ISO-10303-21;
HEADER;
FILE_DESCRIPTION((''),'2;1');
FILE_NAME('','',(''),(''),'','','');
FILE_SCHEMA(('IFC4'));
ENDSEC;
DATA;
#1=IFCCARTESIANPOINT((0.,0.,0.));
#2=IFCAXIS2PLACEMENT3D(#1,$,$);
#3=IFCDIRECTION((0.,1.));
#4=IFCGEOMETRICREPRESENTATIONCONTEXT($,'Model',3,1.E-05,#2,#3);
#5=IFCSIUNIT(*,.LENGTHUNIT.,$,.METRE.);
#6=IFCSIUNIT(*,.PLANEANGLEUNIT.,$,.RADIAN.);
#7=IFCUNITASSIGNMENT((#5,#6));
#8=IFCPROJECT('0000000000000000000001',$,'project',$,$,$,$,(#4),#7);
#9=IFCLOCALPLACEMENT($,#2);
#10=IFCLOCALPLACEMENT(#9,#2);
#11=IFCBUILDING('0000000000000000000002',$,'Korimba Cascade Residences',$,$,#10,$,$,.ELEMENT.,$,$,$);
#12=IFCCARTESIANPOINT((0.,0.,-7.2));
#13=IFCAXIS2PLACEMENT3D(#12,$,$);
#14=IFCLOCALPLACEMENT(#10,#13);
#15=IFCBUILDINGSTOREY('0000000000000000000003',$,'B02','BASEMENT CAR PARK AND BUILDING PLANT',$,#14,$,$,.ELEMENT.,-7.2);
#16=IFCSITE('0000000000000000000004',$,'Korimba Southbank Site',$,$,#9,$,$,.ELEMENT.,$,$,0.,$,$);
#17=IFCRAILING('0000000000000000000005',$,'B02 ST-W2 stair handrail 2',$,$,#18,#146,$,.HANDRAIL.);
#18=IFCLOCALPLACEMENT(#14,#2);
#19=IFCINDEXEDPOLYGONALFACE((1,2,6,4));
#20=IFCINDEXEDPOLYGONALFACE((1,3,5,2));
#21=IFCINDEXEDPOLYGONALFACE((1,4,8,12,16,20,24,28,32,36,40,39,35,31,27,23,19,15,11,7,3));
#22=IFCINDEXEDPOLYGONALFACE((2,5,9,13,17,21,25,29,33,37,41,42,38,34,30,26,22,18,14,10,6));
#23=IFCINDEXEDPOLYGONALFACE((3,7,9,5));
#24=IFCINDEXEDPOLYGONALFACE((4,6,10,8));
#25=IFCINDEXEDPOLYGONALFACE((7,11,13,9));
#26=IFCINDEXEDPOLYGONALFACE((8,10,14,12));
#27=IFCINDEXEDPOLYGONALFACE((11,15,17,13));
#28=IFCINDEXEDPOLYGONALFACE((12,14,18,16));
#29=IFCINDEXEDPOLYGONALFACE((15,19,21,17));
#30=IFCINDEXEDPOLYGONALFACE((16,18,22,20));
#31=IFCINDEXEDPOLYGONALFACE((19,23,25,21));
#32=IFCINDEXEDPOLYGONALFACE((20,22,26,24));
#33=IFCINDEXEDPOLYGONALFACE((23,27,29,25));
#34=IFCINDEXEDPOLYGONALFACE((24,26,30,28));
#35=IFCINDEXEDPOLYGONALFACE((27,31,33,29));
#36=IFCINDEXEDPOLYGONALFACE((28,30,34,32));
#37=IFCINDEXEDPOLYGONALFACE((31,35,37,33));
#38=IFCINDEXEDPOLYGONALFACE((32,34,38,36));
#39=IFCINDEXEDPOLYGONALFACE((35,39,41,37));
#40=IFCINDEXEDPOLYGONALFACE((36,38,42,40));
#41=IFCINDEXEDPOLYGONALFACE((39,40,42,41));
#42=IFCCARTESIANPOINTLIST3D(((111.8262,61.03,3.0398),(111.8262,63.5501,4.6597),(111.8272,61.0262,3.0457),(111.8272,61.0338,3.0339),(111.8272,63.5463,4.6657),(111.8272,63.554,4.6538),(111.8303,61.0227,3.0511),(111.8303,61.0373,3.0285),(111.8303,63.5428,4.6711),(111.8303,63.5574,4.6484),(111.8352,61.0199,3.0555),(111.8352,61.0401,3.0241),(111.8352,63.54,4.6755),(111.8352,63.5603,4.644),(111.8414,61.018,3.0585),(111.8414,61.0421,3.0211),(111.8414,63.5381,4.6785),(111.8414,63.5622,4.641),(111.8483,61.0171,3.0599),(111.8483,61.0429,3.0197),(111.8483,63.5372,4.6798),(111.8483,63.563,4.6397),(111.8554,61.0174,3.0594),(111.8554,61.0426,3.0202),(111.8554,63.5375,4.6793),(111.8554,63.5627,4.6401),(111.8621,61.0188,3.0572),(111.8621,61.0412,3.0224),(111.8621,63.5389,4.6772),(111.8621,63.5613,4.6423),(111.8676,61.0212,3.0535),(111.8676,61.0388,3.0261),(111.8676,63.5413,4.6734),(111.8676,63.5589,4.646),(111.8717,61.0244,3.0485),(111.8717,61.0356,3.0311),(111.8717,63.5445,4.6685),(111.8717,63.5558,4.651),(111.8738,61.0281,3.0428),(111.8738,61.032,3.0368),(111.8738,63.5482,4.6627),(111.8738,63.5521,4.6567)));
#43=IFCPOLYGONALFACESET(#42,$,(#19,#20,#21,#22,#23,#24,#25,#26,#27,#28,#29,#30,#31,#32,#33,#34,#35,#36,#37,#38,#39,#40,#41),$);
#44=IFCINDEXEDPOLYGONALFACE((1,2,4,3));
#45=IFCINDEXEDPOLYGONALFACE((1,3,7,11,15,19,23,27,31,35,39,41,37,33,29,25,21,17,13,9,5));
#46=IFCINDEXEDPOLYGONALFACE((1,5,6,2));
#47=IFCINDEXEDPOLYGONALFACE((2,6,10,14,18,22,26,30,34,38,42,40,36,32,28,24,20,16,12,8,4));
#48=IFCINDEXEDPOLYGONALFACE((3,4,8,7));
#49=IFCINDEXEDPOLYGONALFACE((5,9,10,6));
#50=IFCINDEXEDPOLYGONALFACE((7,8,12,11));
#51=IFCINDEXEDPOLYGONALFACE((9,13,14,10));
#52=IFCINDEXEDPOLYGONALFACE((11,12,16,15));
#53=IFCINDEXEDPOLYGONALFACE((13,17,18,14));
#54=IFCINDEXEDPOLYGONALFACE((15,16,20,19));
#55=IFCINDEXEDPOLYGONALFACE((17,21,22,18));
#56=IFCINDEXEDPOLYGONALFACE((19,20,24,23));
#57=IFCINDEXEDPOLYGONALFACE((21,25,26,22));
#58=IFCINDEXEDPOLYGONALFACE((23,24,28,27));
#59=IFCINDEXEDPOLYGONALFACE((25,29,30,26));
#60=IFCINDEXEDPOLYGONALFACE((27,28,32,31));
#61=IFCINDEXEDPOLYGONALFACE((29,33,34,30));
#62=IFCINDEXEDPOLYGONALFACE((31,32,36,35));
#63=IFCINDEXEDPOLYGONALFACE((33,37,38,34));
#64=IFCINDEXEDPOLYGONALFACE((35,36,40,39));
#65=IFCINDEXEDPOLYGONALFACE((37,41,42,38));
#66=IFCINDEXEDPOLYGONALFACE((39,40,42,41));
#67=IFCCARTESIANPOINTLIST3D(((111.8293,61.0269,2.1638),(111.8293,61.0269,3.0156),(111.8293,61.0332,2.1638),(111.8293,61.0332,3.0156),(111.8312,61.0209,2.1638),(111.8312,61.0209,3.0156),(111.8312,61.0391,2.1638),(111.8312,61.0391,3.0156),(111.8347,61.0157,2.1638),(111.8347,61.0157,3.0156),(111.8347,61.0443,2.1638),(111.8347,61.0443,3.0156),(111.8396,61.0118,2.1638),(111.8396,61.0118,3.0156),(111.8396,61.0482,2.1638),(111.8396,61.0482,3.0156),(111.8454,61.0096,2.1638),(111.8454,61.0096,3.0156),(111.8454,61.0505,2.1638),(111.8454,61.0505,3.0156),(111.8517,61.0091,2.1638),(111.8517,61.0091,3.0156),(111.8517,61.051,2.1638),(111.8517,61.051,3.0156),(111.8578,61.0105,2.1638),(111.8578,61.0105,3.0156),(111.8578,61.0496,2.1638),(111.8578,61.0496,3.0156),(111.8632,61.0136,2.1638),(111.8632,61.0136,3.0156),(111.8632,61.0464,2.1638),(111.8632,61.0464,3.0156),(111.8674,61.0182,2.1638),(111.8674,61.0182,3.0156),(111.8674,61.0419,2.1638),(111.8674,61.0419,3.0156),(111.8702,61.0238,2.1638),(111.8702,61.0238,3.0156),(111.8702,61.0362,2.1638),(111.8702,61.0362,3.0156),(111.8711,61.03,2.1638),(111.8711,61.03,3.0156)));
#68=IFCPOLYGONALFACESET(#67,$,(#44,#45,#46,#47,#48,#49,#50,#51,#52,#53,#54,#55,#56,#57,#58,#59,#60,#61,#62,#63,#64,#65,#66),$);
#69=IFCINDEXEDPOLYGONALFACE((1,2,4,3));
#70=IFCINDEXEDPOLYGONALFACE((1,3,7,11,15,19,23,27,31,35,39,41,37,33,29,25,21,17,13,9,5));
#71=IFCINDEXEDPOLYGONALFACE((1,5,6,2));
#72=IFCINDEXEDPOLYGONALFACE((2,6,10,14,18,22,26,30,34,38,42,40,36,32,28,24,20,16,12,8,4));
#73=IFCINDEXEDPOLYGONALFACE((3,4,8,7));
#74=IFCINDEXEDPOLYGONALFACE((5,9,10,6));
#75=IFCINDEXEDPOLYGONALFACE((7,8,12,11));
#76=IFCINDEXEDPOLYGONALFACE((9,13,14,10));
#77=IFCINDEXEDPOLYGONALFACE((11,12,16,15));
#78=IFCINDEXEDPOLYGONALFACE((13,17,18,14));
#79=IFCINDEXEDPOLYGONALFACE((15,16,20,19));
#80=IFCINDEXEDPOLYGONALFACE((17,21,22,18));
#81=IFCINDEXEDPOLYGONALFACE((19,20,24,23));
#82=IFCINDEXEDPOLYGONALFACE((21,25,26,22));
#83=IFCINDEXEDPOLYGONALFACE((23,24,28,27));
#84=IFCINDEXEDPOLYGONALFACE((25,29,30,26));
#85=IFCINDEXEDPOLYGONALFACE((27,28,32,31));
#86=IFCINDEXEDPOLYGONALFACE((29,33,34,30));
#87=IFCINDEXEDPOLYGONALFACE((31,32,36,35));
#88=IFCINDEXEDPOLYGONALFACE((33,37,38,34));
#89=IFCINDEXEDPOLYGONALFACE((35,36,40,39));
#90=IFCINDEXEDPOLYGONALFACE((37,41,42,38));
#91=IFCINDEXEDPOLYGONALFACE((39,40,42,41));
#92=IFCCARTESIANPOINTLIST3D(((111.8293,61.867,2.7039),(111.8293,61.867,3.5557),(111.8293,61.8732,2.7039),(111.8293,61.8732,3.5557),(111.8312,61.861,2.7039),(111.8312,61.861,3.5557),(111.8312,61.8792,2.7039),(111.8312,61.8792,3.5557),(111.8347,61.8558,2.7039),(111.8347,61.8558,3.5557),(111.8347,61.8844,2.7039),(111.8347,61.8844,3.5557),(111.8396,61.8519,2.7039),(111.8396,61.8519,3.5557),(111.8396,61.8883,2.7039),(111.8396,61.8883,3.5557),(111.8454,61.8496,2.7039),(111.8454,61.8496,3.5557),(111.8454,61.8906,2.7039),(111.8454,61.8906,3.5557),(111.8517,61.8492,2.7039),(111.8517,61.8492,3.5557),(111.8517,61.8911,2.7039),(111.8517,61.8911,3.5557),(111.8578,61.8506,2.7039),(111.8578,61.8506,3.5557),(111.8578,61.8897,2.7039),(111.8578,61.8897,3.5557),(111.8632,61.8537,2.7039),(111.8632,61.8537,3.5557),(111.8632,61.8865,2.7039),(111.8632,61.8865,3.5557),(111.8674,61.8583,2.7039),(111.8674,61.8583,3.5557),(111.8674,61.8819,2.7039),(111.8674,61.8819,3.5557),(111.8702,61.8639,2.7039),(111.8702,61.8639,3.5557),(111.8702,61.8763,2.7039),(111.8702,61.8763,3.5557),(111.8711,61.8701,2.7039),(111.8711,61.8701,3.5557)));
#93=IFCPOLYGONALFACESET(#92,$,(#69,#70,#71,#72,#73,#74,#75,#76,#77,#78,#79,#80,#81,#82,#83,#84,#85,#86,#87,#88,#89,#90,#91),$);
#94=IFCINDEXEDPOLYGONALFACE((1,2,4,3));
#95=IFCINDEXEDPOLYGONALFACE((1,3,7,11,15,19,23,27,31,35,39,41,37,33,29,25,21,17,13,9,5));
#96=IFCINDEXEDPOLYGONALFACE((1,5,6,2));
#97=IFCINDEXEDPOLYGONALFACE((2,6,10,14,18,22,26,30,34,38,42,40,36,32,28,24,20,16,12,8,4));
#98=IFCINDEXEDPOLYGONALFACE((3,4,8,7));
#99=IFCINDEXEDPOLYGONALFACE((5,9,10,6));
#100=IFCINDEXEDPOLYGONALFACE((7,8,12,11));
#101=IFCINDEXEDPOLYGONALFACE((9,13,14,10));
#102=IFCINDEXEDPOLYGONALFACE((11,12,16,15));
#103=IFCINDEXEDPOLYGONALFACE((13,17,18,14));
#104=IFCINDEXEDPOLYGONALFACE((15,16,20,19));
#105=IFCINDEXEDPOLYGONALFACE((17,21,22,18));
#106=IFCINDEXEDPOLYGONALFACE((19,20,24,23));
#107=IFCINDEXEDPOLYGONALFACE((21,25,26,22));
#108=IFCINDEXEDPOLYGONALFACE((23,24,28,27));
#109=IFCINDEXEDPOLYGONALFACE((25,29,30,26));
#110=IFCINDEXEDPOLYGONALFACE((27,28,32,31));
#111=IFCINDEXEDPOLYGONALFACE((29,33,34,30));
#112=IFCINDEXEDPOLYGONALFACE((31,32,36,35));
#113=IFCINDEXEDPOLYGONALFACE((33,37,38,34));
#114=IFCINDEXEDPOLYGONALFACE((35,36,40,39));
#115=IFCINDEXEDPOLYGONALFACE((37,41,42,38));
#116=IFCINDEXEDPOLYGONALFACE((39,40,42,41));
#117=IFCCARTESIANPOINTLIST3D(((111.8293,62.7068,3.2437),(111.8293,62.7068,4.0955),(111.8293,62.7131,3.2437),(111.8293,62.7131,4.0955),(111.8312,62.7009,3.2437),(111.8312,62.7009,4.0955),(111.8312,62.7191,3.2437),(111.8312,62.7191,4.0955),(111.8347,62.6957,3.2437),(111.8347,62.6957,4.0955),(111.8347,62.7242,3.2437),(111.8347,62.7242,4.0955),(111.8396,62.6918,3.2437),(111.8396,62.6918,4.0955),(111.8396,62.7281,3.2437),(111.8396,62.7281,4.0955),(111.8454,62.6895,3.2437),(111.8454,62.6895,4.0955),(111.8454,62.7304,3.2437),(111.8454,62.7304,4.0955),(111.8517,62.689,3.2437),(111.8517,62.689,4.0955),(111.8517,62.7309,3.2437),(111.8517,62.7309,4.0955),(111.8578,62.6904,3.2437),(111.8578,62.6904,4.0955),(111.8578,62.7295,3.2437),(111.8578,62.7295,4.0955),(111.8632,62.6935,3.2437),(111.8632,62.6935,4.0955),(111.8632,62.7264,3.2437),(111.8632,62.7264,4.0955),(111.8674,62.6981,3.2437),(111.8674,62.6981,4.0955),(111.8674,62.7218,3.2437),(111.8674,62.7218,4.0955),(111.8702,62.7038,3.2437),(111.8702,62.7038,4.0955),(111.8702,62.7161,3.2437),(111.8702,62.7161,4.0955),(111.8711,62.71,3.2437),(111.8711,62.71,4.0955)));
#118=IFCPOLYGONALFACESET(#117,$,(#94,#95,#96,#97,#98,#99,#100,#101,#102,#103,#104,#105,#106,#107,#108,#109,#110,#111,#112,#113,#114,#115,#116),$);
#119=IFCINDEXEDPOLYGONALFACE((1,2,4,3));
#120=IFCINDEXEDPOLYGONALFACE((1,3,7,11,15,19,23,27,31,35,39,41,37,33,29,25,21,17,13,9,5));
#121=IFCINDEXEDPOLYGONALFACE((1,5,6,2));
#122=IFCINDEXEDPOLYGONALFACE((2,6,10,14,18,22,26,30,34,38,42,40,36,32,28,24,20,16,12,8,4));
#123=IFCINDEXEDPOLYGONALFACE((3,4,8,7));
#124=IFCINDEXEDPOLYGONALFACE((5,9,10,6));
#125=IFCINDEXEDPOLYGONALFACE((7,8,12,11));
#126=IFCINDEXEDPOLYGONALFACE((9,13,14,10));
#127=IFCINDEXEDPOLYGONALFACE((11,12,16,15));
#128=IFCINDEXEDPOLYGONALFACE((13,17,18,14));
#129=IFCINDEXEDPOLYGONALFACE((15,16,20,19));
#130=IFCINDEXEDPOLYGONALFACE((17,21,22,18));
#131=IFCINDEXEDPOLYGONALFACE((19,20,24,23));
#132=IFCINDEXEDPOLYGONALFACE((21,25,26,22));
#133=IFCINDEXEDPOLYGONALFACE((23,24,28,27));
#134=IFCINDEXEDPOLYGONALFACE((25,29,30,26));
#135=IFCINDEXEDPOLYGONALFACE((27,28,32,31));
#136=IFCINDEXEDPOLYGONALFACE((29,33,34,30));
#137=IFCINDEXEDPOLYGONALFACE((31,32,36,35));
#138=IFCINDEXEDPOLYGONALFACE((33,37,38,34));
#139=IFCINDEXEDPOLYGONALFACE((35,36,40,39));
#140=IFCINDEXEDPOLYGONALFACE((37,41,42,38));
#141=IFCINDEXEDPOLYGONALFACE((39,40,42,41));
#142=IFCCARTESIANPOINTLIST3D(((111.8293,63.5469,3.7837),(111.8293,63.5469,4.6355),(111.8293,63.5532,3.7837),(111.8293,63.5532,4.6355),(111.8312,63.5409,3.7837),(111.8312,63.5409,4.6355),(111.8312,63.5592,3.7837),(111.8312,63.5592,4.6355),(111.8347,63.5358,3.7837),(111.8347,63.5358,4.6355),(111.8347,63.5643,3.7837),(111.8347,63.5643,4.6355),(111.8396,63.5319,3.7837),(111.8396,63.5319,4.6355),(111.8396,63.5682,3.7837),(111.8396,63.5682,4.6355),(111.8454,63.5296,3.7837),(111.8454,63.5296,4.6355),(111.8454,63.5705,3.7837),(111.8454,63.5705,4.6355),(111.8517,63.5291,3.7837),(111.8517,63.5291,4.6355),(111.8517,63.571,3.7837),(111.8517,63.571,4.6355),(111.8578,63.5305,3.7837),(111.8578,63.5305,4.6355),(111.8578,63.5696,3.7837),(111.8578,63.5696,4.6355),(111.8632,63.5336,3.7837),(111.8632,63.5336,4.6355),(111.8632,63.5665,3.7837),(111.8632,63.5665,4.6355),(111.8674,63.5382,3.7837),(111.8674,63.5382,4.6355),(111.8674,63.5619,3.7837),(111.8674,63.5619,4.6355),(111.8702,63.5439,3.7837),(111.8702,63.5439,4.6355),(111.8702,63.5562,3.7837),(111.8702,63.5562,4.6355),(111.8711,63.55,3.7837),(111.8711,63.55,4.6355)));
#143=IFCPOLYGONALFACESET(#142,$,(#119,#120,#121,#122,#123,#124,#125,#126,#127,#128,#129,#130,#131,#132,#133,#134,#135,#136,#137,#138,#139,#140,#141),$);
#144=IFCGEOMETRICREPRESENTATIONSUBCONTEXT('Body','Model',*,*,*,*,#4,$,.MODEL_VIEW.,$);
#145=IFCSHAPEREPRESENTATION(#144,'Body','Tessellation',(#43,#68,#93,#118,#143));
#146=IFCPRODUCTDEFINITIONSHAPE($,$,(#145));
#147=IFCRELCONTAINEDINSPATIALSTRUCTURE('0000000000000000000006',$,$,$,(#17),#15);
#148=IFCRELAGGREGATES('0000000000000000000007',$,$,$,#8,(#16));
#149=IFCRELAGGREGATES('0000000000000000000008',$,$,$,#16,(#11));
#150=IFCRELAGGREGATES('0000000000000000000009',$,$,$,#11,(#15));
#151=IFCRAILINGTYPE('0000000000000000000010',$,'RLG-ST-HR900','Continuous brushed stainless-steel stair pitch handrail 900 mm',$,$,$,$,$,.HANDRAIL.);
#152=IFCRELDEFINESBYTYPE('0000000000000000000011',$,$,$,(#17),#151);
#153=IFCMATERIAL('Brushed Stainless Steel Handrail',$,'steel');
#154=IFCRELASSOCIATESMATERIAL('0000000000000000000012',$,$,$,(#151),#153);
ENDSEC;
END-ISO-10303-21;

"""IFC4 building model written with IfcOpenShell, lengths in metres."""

from ifc_helpers import new_model, si_unit, direction, frame, origin, origin_2d, place, context, subcontext, project, spatial, circle, extrude, material, type_object, element, save


model = new_model("IFC4")

# Units and contexts
model_context = context("Model", 3, precision=1e-05, world=origin(), true_north=direction((0.0, 1.0)))
body_context = subcontext(model_context, "Body", "Model", "MODEL_VIEW")
ifc_project = project(units=[si_unit("LENGTHUNIT", "METRE"), si_unit("PLANEANGLEUNIT", "RADIAN")], contexts=[model_context])

# Site, building, storey
site_placement = place(None, origin())
site = spatial("IfcSite", under=ifc_project, at=site_placement, Name="Korimba Southbank Site", CompositionType="ELEMENT", RefElevation=0.0)
building_placement = place(site_placement, origin())
building = spatial("IfcBuilding", under=site, at=building_placement, Name="Korimba Cascade Residences", CompositionType="ELEMENT")
storey_placement = place(building_placement, frame((0.0, 0.0, -7.2)))
storey = spatial("IfcBuildingStorey", under=building, at=storey_placement, Name="B02", Description="BASEMENT CAR PARK AND BUILDING PLANT", CompositionType="ELEMENT", Elevation=-7.2)

# Railing
ifc_material_1 = material(Name="Brushed Stainless Steel Handrail", Category="steel")
railing_type_1 = type_object("IfcRailingType", Name="RLG-ST-HR900", Description="Continuous brushed stainless-steel stair pitch handrail 900 mm", PredefinedType="HANDRAIL", material=ifc_material_1)
for number, where, name in (
    (1, (111.8501, 61.03, 2.1638), "B02 ST-W2 stair handrail 2"),
):
    element("IfcRailing", number, at=place(storey_placement, frame(where)), inside=storey, type_object=railing_type_1, Name=name, PredefinedType="HANDRAIL", context=body_context, shape_type="SweptSolid", body=[
        extrude(circle(Radius=0.0239, at=origin_2d()), frame((0.0, 0.0, 0.876), z_axis=(0.0, 0.8412, 0.540725), x_axis=(-1.0, 0.0, 0.0)), (0.0, 0.0, 1.0), 2.9958),
        extrude(circle(Radius=0.021, at=origin_2d()), origin(), (0.0, 0.0, 1.0), 0.8518),
        extrude(circle(Radius=0.021, at=origin_2d()), frame((0.0, 0.8401, 0.54)), (0.0, 0.0, 1.0), 0.8518),
        extrude(circle(Radius=0.021, at=origin_2d()), frame((0.0, 1.6799, 1.0798)), (0.0, 0.0, 1.0), 0.8518),
        extrude(circle(Radius=0.021, at=origin_2d()), frame((0.0, 2.52, 1.6199)), (0.0, 0.0, 1.0), 0.8518),
    ])

save(model, "model.ifc")
